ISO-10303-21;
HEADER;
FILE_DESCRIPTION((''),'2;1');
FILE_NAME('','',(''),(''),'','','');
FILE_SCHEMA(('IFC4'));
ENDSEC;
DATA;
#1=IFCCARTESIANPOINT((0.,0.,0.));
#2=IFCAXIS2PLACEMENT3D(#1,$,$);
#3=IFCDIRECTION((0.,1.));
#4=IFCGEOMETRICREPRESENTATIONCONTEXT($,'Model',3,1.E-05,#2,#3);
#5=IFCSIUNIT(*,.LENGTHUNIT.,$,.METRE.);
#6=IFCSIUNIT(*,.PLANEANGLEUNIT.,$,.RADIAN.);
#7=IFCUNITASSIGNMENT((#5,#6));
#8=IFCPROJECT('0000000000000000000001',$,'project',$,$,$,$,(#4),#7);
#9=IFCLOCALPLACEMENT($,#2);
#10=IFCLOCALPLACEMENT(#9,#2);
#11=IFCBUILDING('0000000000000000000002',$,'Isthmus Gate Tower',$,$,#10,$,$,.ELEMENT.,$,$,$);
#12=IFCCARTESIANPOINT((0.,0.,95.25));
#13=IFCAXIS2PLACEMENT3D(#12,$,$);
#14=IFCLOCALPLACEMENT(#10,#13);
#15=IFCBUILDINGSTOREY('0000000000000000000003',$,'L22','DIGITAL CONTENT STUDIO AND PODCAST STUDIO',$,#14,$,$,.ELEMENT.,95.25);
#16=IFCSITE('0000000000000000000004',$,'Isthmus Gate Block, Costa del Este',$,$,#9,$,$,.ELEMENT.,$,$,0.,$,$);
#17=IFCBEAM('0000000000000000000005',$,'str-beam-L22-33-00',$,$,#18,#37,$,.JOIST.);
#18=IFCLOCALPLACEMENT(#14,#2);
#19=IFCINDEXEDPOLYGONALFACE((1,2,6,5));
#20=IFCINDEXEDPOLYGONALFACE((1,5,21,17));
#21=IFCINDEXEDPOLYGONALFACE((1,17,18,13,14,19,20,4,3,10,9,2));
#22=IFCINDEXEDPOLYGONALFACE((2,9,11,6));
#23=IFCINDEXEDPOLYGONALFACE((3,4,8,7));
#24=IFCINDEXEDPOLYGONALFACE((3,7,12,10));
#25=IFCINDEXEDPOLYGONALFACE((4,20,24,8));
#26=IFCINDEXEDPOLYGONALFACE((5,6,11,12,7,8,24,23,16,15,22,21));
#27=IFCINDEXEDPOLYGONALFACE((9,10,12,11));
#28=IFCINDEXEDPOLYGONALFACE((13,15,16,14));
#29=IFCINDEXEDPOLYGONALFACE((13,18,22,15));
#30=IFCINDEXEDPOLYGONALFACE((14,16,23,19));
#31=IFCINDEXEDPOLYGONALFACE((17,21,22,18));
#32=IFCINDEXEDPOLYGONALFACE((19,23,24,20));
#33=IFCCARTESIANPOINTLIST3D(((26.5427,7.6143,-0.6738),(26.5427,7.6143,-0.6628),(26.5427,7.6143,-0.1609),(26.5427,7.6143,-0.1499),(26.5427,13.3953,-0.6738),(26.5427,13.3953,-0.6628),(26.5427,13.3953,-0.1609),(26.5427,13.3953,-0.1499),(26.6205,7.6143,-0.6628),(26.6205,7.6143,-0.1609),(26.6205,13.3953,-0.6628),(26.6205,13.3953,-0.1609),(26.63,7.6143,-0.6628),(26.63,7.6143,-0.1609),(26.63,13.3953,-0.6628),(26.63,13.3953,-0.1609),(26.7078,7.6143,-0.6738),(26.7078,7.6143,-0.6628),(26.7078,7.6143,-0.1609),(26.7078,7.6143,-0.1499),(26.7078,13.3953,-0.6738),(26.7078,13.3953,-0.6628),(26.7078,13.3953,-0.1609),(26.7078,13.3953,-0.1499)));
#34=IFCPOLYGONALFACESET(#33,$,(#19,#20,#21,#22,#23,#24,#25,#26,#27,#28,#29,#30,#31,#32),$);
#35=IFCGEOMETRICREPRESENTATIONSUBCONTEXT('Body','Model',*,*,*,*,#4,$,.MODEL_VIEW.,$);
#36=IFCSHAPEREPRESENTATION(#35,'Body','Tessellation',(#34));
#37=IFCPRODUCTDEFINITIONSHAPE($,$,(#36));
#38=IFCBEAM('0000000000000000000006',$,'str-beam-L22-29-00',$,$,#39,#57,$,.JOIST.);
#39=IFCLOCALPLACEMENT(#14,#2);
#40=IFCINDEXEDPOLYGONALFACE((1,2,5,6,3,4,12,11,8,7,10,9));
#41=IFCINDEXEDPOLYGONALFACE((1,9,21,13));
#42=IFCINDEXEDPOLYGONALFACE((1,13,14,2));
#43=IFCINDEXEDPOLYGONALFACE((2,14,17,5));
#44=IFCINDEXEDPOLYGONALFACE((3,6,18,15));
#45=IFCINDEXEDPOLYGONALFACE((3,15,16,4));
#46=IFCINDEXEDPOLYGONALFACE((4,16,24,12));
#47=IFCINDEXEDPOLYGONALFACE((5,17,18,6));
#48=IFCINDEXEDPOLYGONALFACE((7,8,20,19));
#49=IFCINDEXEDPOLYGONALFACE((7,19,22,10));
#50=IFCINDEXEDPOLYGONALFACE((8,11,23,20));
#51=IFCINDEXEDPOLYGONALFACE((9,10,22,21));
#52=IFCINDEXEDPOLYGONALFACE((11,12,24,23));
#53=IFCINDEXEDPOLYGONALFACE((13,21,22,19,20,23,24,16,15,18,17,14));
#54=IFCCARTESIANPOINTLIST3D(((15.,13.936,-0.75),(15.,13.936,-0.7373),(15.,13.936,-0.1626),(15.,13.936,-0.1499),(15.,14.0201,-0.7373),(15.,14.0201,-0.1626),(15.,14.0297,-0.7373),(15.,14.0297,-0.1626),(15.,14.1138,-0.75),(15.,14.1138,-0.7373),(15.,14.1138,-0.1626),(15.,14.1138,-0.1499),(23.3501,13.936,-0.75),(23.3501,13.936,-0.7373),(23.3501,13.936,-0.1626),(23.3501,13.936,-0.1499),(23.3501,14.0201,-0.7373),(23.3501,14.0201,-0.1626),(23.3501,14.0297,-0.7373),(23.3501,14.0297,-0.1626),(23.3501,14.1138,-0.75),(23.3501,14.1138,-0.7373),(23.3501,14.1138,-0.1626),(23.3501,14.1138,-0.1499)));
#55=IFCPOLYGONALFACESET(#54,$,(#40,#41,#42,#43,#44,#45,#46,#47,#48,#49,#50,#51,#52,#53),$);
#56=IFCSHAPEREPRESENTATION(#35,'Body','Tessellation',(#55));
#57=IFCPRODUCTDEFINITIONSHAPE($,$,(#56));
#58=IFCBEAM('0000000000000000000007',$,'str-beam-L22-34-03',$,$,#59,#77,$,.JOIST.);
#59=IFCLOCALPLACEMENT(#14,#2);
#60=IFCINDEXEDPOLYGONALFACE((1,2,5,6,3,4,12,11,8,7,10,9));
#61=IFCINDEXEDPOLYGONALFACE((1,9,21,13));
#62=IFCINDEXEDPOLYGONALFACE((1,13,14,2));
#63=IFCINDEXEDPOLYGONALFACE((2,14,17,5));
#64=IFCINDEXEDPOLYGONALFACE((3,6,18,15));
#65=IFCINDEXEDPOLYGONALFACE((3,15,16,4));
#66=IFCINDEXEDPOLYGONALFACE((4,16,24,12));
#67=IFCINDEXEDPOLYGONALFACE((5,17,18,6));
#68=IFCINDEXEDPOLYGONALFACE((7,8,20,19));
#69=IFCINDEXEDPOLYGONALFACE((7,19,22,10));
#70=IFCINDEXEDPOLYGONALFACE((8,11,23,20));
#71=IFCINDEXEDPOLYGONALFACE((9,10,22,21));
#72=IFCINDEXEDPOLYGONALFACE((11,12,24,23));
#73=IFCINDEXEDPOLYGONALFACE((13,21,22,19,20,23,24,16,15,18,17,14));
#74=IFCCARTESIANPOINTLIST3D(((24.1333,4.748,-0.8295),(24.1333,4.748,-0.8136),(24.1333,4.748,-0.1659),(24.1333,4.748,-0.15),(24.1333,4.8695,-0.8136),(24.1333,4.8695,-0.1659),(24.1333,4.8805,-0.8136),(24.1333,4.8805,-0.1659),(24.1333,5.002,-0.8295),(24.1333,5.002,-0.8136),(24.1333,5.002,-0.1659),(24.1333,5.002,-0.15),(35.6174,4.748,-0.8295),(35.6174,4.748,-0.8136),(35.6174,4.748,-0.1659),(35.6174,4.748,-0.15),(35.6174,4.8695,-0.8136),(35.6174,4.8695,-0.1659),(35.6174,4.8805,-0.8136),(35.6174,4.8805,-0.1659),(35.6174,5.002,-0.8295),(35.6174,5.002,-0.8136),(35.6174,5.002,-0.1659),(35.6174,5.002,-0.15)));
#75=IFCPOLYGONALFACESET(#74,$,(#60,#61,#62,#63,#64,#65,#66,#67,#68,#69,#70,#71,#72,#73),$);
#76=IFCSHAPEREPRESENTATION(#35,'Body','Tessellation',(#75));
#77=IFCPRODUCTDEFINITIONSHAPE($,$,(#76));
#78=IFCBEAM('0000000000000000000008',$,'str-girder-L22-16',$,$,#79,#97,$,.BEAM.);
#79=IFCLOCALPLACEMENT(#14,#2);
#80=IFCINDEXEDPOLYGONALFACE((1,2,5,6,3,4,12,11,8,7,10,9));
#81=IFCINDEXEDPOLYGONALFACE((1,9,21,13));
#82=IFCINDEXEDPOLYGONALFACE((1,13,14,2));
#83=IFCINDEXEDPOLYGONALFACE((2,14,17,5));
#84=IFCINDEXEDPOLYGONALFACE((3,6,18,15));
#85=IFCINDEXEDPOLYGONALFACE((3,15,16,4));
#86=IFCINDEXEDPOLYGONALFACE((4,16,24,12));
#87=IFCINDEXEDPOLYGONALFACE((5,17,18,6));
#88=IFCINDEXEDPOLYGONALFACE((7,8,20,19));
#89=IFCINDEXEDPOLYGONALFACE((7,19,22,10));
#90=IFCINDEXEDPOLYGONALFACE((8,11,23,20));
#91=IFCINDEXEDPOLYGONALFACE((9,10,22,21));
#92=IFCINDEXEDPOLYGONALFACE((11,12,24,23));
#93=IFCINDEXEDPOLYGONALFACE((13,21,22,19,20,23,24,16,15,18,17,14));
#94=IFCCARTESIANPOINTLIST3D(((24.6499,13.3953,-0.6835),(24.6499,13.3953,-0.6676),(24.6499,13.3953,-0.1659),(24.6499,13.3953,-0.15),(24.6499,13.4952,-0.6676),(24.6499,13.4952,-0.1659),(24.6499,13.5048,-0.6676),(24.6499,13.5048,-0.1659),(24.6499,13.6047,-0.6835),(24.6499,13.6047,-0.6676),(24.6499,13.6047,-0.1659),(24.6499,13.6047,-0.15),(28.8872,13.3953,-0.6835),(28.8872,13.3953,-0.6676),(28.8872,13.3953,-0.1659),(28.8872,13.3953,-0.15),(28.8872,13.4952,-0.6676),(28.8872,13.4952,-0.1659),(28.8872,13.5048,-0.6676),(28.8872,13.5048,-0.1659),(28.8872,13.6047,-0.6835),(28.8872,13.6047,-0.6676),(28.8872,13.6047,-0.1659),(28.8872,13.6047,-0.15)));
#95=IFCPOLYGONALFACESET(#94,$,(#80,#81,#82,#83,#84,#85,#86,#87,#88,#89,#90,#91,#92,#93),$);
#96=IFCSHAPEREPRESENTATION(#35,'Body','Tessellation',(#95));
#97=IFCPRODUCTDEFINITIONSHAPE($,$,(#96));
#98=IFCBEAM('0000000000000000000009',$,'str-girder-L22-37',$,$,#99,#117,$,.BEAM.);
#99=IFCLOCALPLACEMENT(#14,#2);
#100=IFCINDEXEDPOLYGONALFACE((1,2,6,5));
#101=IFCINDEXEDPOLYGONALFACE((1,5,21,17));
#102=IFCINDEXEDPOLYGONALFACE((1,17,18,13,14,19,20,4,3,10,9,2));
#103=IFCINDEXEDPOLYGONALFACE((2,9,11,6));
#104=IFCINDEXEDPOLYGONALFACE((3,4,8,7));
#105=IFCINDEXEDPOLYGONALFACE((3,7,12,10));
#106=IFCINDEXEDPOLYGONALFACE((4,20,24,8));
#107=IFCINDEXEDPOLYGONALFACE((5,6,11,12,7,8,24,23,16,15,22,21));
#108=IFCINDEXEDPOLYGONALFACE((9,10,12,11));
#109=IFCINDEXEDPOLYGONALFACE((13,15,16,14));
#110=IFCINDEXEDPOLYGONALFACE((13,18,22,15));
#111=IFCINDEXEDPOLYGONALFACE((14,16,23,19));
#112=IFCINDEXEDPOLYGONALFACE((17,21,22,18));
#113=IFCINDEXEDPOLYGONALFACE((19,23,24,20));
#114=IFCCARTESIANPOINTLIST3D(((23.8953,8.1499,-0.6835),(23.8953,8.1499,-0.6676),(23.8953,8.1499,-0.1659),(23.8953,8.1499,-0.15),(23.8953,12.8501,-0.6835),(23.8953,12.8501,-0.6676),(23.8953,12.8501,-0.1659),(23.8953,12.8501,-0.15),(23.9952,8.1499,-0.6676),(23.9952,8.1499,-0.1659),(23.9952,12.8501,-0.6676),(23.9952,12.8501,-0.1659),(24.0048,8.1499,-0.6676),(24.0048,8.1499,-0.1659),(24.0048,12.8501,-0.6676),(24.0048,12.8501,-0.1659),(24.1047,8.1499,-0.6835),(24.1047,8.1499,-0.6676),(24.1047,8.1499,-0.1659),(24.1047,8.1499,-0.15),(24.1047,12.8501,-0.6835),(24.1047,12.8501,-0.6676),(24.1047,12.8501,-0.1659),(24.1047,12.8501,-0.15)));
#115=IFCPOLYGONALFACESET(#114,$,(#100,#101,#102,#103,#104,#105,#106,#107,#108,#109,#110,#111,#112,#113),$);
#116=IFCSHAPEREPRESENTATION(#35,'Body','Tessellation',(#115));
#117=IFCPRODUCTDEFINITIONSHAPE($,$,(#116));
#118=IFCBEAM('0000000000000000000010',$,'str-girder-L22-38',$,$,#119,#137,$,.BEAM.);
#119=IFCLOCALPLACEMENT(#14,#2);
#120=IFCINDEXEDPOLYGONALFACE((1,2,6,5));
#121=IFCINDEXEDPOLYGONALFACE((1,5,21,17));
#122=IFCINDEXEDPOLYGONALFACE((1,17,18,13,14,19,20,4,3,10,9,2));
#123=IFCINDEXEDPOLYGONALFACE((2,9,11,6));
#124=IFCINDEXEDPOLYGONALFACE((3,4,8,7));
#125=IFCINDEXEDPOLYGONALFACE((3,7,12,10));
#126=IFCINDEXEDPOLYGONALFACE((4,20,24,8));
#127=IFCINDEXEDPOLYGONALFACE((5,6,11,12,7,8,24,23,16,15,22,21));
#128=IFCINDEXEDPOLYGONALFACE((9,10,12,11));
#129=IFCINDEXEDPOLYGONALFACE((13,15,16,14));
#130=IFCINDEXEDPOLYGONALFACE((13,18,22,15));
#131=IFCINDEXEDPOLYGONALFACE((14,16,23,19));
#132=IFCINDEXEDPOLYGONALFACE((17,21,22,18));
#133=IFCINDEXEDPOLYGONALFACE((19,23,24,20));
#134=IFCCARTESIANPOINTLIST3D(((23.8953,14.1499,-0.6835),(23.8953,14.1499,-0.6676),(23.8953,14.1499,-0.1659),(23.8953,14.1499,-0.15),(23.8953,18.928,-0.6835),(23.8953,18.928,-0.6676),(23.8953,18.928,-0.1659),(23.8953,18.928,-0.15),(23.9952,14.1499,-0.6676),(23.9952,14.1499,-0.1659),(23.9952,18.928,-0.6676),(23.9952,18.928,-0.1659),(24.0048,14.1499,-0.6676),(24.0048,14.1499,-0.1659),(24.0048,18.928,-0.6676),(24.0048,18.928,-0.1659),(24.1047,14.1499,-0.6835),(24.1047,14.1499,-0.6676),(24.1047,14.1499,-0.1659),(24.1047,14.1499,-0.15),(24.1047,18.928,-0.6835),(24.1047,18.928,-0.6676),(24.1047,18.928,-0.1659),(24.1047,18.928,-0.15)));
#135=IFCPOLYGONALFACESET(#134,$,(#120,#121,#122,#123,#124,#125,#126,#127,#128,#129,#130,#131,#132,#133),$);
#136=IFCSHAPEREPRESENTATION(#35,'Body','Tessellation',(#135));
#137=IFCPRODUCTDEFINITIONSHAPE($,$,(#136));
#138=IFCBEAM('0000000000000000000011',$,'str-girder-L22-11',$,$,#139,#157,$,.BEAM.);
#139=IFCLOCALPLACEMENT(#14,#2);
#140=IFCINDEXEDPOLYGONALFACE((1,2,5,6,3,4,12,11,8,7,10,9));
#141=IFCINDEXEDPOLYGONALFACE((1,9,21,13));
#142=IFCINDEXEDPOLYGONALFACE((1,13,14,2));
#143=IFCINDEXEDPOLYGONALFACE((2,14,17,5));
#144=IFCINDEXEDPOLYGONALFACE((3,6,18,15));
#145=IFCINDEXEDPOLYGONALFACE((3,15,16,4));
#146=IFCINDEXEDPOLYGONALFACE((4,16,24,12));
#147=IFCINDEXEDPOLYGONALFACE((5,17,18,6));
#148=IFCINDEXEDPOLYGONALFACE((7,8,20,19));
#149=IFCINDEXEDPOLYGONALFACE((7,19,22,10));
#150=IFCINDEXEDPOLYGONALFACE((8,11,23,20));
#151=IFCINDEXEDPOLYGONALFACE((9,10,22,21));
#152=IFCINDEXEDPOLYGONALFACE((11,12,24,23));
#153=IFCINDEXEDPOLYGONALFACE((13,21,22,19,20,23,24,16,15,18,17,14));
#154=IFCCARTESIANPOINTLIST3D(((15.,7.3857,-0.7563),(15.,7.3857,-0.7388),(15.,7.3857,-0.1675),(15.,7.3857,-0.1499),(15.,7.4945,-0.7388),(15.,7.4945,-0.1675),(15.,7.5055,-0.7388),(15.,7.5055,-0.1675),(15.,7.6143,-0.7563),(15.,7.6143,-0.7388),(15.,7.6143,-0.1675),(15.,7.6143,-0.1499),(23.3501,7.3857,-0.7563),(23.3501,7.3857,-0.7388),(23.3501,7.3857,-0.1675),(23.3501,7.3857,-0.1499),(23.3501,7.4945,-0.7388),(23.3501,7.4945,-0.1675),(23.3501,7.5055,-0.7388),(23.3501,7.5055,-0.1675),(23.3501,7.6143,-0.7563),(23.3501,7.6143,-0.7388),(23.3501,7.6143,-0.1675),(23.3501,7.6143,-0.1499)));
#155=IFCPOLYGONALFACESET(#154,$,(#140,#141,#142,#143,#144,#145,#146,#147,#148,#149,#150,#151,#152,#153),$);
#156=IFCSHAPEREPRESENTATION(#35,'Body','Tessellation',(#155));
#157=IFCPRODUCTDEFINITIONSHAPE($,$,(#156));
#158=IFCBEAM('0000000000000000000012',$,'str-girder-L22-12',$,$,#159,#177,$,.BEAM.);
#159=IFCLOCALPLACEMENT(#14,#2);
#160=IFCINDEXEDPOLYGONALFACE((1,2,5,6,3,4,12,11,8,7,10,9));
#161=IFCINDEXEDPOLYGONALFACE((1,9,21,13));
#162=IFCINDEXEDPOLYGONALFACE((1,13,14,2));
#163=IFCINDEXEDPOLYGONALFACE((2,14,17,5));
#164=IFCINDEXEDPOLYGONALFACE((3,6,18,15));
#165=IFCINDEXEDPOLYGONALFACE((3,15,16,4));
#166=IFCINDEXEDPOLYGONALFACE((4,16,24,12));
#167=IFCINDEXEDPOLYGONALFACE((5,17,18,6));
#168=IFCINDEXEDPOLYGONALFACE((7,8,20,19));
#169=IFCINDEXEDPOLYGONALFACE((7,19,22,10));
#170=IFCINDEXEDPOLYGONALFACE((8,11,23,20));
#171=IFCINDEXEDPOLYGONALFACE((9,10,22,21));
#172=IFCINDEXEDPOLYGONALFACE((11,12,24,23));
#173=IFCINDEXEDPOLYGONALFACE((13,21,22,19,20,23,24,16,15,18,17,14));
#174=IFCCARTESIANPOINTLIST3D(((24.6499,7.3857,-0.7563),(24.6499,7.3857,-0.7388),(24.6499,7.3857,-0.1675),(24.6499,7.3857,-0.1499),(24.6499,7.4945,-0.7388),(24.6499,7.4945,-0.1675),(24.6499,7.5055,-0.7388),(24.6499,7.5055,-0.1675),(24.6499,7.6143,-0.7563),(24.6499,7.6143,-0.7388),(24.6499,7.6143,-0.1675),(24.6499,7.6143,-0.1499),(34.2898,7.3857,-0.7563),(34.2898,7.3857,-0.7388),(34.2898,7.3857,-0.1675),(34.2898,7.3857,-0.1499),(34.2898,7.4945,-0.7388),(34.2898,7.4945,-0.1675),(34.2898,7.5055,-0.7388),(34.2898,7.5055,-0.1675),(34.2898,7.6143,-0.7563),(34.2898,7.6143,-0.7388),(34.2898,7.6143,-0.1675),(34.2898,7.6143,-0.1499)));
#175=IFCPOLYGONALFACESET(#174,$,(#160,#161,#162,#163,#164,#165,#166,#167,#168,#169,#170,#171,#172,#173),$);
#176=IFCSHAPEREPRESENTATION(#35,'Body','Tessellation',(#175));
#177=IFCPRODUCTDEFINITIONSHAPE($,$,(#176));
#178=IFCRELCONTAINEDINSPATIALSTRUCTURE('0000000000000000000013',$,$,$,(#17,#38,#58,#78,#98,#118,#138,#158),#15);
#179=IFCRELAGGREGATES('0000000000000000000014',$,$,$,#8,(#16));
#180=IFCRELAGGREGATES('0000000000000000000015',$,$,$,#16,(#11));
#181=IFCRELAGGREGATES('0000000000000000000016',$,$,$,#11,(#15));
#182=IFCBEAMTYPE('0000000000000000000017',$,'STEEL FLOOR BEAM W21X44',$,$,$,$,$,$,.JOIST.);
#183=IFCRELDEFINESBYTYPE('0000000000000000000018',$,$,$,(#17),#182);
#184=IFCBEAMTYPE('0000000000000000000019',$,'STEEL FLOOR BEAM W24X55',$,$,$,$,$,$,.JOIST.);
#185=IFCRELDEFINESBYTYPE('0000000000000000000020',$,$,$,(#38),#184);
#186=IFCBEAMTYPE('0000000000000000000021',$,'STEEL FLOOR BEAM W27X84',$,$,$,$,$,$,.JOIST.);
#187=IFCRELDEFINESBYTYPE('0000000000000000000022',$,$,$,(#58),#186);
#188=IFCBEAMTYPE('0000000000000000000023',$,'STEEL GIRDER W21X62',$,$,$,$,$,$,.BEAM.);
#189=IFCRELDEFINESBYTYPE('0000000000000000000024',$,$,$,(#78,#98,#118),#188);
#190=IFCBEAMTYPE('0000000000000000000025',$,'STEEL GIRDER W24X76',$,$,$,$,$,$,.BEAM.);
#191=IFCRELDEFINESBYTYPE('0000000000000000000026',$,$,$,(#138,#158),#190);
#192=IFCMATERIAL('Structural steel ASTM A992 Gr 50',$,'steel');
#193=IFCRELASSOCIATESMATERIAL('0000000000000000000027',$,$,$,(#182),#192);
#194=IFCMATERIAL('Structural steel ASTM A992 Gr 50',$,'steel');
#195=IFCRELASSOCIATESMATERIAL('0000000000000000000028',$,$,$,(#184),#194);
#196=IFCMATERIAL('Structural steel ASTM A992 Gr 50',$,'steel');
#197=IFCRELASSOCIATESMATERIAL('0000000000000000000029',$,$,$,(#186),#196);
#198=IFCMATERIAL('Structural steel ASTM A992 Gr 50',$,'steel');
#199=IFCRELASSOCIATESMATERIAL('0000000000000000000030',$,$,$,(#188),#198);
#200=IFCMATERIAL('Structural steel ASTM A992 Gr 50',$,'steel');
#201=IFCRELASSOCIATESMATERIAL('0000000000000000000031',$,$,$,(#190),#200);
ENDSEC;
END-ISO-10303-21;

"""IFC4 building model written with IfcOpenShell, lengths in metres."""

from ifc_helpers import new_model, si_unit, direction, frame, origin, origin_2d, place, context, subcontext, project, spatial, i_section, extrude, material, material_profile, profile_set, type_object, element, save


model = new_model("IFC4")

# Units and contexts
model_context = context("Model", 3, precision=1e-05, world=origin(), true_north=direction((0.0, 1.0)))
body_context = subcontext(model_context, "Body", "Model", "MODEL_VIEW")
ifc_project = project(units=[si_unit("LENGTHUNIT", "METRE"), si_unit("PLANEANGLEUNIT", "RADIAN")], contexts=[model_context])

# Site, building, storey
site_placement = place(None, origin())
site = spatial("IfcSite", under=ifc_project, at=site_placement, Name="Isthmus Gate Block, Costa del Este", CompositionType="ELEMENT", RefElevation=0.0)
building_placement = place(site_placement, origin())
building = spatial("IfcBuilding", under=site, at=building_placement, Name="Isthmus Gate Tower", CompositionType="ELEMENT")
storey_placement = place(building_placement, frame((0.0, 0.0, 95.25)))
storey = spatial("IfcBuildingStorey", under=building, at=storey_placement, Name="L22", Description="DIGITAL CONTENT STUDIO AND PODCAST STUDIO", CompositionType="ELEMENT", Elevation=95.25)

# Beams
ifc_material_1 = material(Name="Structural steel ASTM A992 Gr 50", Category="steel")
ifc_material_profile_1 = material_profile(ifc_material_1, i_section(OverallWidth=0.165, OverallDepth=0.5239, WebThickness=0.0095, FlangeThickness=0.011, at=origin_2d()), Name="W21X44")
ifc_profile_set_1 = profile_set([ifc_material_profile_1], Name="Structural steel ASTM A992 Gr 50")
beam_type_1 = type_object("IfcBeamType", Name="STEEL FLOOR BEAM W21X44", PredefinedType="JOIST", material=ifc_profile_set_1)
beam_1_placement = place(storey_placement, frame((26.6252, 7.6143, -0.4119), z_axis=(0.0, 1.0, 0.0), x_axis=(-1.0, 0.0, 0.0)))
element("IfcBeam", 1, at=beam_1_placement, inside=storey, type_object=beam_type_1, Name="str-beam-L22-33-00", PredefinedType="JOIST", context=body_context, shape_type="SweptSolid", body=[
    extrude(i_section(OverallWidth=0.165, OverallDepth=0.5239, WebThickness=0.0095, FlangeThickness=0.011, at=origin_2d()), origin(), (0.0, 0.0, 1.0), 5.781),
])
ifc_material_2 = material(Name="Structural steel ASTM A992 Gr 50", Category="steel")
ifc_material_profile_2 = material_profile(ifc_material_2, i_section(OverallWidth=0.1777, OverallDepth=0.6001, WebThickness=0.0095, FlangeThickness=0.0127, at=origin_2d()), Name="W24X55")
ifc_profile_set_2 = profile_set([ifc_material_profile_2], Name="Structural steel ASTM A992 Gr 50")
beam_type_2 = type_object("IfcBeamType", Name="STEEL FLOOR BEAM W24X55", PredefinedType="JOIST", material=ifc_profile_set_2)
beam_2_placement = place(storey_placement, frame((15.0, 14.0249, -0.45), z_axis=(1.0, 0.0, 0.0), x_axis=(0.0, 1.0, 0.0)))
element("IfcBeam", 2, at=beam_2_placement, inside=storey, type_object=beam_type_2, Name="str-beam-L22-29-00", PredefinedType="JOIST", context=body_context, shape_type="SweptSolid", body=[
    extrude(i_section(OverallWidth=0.1777, OverallDepth=0.6001, WebThickness=0.0095, FlangeThickness=0.0127, at=origin_2d()), origin(), (0.0, 0.0, 1.0), 8.3501),
])
ifc_material_3 = material(Name="Structural steel ASTM A992 Gr 50", Category="steel")
ifc_material_profile_3 = material_profile(ifc_material_3, i_section(OverallWidth=0.2539, OverallDepth=0.6794, WebThickness=0.011, FlangeThickness=0.0159, at=origin_2d()), Name="W27X84")
ifc_profile_set_3 = profile_set([ifc_material_profile_3], Name="Structural steel ASTM A992 Gr 50")
beam_type_3 = type_object("IfcBeamType", Name="STEEL FLOOR BEAM W27X84", PredefinedType="JOIST", material=ifc_profile_set_3)
beam_3_placement = place(storey_placement, frame((24.1333, 4.875, -0.4897), z_axis=(1.0, 0.0, 0.0), x_axis=(0.0, 1.0, 0.0)))
element("IfcBeam", 3, at=beam_3_placement, inside=storey, type_object=beam_type_3, Name="str-beam-L22-34-03", PredefinedType="JOIST", context=body_context, shape_type="SweptSolid", body=[
    extrude(i_section(OverallWidth=0.2539, OverallDepth=0.6794, WebThickness=0.011, FlangeThickness=0.0159, at=origin_2d()), origin(), (0.0, 0.0, 1.0), 11.4841),
])
ifc_material_4 = material(Name="Structural steel ASTM A992 Gr 50", Category="steel")
ifc_material_profile_4 = material_profile(ifc_material_4, i_section(OverallWidth=0.2095, OverallDepth=0.5334, WebThickness=0.0095, FlangeThickness=0.0159, at=origin_2d()), Name="W21X62")
ifc_profile_set_4 = profile_set([ifc_material_profile_4], Name="Structural steel ASTM A992 Gr 50")
beam_type_4 = type_object("IfcBeamType", Name="STEEL GIRDER W21X62", PredefinedType="BEAM", material=ifc_profile_set_4)
beam_4_placement = place(storey_placement, frame((24.6499, 13.5, -0.4167), z_axis=(1.0, 0.0, 0.0), x_axis=(0.0, 1.0, 0.0)))
element("IfcBeam", 4, at=beam_4_placement, inside=storey, type_object=beam_type_4, Name="str-girder-L22-16", PredefinedType="BEAM", context=body_context, shape_type="SweptSolid", body=[
    extrude(i_section(OverallWidth=0.2095, OverallDepth=0.5334, WebThickness=0.0095, FlangeThickness=0.0159, at=origin_2d()), origin(), (0.0, 0.0, 1.0), 4.2373),
])
beam_5_placement = place(storey_placement, frame((24.0, 8.1499, -0.4167), z_axis=(0.0, 1.0, 0.0), x_axis=(-1.0, 0.0, 0.0)))
element("IfcBeam", 5, at=beam_5_placement, inside=storey, type_object=beam_type_4, Name="str-girder-L22-37", PredefinedType="BEAM", context=body_context, shape_type="SweptSolid", body=[
    extrude(i_section(OverallWidth=0.2095, OverallDepth=0.5334, WebThickness=0.0095, FlangeThickness=0.0159, at=origin_2d()), origin(), (0.0, 0.0, 1.0), 4.7002),
])
beam_6_placement = place(storey_placement, frame((24.0, 14.1499, -0.4167), z_axis=(0.0, 1.0, 0.0), x_axis=(-1.0, 0.0, 0.0)))
element("IfcBeam", 6, at=beam_6_placement, inside=storey, type_object=beam_type_4, Name="str-girder-L22-38", PredefinedType="BEAM", context=body_context, shape_type="SweptSolid", body=[
    extrude(i_section(OverallWidth=0.2095, OverallDepth=0.5334, WebThickness=0.0095, FlangeThickness=0.0159, at=origin_2d()), origin(), (0.0, 0.0, 1.0), 4.7781),
])
ifc_material_5 = material(Name="Structural steel ASTM A992 Gr 50", Category="steel")
ifc_material_profile_5 = material_profile(ifc_material_5, i_section(OverallWidth=0.2285, OverallDepth=0.6064, WebThickness=0.011, FlangeThickness=0.0176, at=origin_2d()), Name="W24X76")
ifc_profile_set_5 = profile_set([ifc_material_profile_5], Name="Structural steel ASTM A992 Gr 50")
beam_type_5 = type_object("IfcBeamType", Name="STEEL GIRDER W24X76", PredefinedType="BEAM", material=ifc_profile_set_5)
beam_7_placement = place(storey_placement, frame((15.0, 7.5, -0.4531), z_axis=(1.0, 0.0, 0.0), x_axis=(0.0, 1.0, 0.0)))
element("IfcBeam", 7, at=beam_7_placement, inside=storey, type_object=beam_type_5, Name="str-girder-L22-11", PredefinedType="BEAM", context=body_context, shape_type="SweptSolid", body=[
    extrude(i_section(OverallWidth=0.2285, OverallDepth=0.6064, WebThickness=0.011, FlangeThickness=0.0176, at=origin_2d()), origin(), (0.0, 0.0, 1.0), 8.3501),
])
beam_8_placement = place(storey_placement, frame((24.6499, 7.5, -0.4531), z_axis=(1.0, 0.0, 0.0), x_axis=(0.0, 1.0, 0.0)))
element("IfcBeam", 8, at=beam_8_placement, inside=storey, type_object=beam_type_5, Name="str-girder-L22-12", PredefinedType="BEAM", context=body_context, shape_type="SweptSolid", body=[
    extrude(i_section(OverallWidth=0.2285, OverallDepth=0.6064, WebThickness=0.011, FlangeThickness=0.0176, at=origin_2d()), origin(), (0.0, 0.0, 1.0), 9.6399),
])

save(model, "model.ifc")
